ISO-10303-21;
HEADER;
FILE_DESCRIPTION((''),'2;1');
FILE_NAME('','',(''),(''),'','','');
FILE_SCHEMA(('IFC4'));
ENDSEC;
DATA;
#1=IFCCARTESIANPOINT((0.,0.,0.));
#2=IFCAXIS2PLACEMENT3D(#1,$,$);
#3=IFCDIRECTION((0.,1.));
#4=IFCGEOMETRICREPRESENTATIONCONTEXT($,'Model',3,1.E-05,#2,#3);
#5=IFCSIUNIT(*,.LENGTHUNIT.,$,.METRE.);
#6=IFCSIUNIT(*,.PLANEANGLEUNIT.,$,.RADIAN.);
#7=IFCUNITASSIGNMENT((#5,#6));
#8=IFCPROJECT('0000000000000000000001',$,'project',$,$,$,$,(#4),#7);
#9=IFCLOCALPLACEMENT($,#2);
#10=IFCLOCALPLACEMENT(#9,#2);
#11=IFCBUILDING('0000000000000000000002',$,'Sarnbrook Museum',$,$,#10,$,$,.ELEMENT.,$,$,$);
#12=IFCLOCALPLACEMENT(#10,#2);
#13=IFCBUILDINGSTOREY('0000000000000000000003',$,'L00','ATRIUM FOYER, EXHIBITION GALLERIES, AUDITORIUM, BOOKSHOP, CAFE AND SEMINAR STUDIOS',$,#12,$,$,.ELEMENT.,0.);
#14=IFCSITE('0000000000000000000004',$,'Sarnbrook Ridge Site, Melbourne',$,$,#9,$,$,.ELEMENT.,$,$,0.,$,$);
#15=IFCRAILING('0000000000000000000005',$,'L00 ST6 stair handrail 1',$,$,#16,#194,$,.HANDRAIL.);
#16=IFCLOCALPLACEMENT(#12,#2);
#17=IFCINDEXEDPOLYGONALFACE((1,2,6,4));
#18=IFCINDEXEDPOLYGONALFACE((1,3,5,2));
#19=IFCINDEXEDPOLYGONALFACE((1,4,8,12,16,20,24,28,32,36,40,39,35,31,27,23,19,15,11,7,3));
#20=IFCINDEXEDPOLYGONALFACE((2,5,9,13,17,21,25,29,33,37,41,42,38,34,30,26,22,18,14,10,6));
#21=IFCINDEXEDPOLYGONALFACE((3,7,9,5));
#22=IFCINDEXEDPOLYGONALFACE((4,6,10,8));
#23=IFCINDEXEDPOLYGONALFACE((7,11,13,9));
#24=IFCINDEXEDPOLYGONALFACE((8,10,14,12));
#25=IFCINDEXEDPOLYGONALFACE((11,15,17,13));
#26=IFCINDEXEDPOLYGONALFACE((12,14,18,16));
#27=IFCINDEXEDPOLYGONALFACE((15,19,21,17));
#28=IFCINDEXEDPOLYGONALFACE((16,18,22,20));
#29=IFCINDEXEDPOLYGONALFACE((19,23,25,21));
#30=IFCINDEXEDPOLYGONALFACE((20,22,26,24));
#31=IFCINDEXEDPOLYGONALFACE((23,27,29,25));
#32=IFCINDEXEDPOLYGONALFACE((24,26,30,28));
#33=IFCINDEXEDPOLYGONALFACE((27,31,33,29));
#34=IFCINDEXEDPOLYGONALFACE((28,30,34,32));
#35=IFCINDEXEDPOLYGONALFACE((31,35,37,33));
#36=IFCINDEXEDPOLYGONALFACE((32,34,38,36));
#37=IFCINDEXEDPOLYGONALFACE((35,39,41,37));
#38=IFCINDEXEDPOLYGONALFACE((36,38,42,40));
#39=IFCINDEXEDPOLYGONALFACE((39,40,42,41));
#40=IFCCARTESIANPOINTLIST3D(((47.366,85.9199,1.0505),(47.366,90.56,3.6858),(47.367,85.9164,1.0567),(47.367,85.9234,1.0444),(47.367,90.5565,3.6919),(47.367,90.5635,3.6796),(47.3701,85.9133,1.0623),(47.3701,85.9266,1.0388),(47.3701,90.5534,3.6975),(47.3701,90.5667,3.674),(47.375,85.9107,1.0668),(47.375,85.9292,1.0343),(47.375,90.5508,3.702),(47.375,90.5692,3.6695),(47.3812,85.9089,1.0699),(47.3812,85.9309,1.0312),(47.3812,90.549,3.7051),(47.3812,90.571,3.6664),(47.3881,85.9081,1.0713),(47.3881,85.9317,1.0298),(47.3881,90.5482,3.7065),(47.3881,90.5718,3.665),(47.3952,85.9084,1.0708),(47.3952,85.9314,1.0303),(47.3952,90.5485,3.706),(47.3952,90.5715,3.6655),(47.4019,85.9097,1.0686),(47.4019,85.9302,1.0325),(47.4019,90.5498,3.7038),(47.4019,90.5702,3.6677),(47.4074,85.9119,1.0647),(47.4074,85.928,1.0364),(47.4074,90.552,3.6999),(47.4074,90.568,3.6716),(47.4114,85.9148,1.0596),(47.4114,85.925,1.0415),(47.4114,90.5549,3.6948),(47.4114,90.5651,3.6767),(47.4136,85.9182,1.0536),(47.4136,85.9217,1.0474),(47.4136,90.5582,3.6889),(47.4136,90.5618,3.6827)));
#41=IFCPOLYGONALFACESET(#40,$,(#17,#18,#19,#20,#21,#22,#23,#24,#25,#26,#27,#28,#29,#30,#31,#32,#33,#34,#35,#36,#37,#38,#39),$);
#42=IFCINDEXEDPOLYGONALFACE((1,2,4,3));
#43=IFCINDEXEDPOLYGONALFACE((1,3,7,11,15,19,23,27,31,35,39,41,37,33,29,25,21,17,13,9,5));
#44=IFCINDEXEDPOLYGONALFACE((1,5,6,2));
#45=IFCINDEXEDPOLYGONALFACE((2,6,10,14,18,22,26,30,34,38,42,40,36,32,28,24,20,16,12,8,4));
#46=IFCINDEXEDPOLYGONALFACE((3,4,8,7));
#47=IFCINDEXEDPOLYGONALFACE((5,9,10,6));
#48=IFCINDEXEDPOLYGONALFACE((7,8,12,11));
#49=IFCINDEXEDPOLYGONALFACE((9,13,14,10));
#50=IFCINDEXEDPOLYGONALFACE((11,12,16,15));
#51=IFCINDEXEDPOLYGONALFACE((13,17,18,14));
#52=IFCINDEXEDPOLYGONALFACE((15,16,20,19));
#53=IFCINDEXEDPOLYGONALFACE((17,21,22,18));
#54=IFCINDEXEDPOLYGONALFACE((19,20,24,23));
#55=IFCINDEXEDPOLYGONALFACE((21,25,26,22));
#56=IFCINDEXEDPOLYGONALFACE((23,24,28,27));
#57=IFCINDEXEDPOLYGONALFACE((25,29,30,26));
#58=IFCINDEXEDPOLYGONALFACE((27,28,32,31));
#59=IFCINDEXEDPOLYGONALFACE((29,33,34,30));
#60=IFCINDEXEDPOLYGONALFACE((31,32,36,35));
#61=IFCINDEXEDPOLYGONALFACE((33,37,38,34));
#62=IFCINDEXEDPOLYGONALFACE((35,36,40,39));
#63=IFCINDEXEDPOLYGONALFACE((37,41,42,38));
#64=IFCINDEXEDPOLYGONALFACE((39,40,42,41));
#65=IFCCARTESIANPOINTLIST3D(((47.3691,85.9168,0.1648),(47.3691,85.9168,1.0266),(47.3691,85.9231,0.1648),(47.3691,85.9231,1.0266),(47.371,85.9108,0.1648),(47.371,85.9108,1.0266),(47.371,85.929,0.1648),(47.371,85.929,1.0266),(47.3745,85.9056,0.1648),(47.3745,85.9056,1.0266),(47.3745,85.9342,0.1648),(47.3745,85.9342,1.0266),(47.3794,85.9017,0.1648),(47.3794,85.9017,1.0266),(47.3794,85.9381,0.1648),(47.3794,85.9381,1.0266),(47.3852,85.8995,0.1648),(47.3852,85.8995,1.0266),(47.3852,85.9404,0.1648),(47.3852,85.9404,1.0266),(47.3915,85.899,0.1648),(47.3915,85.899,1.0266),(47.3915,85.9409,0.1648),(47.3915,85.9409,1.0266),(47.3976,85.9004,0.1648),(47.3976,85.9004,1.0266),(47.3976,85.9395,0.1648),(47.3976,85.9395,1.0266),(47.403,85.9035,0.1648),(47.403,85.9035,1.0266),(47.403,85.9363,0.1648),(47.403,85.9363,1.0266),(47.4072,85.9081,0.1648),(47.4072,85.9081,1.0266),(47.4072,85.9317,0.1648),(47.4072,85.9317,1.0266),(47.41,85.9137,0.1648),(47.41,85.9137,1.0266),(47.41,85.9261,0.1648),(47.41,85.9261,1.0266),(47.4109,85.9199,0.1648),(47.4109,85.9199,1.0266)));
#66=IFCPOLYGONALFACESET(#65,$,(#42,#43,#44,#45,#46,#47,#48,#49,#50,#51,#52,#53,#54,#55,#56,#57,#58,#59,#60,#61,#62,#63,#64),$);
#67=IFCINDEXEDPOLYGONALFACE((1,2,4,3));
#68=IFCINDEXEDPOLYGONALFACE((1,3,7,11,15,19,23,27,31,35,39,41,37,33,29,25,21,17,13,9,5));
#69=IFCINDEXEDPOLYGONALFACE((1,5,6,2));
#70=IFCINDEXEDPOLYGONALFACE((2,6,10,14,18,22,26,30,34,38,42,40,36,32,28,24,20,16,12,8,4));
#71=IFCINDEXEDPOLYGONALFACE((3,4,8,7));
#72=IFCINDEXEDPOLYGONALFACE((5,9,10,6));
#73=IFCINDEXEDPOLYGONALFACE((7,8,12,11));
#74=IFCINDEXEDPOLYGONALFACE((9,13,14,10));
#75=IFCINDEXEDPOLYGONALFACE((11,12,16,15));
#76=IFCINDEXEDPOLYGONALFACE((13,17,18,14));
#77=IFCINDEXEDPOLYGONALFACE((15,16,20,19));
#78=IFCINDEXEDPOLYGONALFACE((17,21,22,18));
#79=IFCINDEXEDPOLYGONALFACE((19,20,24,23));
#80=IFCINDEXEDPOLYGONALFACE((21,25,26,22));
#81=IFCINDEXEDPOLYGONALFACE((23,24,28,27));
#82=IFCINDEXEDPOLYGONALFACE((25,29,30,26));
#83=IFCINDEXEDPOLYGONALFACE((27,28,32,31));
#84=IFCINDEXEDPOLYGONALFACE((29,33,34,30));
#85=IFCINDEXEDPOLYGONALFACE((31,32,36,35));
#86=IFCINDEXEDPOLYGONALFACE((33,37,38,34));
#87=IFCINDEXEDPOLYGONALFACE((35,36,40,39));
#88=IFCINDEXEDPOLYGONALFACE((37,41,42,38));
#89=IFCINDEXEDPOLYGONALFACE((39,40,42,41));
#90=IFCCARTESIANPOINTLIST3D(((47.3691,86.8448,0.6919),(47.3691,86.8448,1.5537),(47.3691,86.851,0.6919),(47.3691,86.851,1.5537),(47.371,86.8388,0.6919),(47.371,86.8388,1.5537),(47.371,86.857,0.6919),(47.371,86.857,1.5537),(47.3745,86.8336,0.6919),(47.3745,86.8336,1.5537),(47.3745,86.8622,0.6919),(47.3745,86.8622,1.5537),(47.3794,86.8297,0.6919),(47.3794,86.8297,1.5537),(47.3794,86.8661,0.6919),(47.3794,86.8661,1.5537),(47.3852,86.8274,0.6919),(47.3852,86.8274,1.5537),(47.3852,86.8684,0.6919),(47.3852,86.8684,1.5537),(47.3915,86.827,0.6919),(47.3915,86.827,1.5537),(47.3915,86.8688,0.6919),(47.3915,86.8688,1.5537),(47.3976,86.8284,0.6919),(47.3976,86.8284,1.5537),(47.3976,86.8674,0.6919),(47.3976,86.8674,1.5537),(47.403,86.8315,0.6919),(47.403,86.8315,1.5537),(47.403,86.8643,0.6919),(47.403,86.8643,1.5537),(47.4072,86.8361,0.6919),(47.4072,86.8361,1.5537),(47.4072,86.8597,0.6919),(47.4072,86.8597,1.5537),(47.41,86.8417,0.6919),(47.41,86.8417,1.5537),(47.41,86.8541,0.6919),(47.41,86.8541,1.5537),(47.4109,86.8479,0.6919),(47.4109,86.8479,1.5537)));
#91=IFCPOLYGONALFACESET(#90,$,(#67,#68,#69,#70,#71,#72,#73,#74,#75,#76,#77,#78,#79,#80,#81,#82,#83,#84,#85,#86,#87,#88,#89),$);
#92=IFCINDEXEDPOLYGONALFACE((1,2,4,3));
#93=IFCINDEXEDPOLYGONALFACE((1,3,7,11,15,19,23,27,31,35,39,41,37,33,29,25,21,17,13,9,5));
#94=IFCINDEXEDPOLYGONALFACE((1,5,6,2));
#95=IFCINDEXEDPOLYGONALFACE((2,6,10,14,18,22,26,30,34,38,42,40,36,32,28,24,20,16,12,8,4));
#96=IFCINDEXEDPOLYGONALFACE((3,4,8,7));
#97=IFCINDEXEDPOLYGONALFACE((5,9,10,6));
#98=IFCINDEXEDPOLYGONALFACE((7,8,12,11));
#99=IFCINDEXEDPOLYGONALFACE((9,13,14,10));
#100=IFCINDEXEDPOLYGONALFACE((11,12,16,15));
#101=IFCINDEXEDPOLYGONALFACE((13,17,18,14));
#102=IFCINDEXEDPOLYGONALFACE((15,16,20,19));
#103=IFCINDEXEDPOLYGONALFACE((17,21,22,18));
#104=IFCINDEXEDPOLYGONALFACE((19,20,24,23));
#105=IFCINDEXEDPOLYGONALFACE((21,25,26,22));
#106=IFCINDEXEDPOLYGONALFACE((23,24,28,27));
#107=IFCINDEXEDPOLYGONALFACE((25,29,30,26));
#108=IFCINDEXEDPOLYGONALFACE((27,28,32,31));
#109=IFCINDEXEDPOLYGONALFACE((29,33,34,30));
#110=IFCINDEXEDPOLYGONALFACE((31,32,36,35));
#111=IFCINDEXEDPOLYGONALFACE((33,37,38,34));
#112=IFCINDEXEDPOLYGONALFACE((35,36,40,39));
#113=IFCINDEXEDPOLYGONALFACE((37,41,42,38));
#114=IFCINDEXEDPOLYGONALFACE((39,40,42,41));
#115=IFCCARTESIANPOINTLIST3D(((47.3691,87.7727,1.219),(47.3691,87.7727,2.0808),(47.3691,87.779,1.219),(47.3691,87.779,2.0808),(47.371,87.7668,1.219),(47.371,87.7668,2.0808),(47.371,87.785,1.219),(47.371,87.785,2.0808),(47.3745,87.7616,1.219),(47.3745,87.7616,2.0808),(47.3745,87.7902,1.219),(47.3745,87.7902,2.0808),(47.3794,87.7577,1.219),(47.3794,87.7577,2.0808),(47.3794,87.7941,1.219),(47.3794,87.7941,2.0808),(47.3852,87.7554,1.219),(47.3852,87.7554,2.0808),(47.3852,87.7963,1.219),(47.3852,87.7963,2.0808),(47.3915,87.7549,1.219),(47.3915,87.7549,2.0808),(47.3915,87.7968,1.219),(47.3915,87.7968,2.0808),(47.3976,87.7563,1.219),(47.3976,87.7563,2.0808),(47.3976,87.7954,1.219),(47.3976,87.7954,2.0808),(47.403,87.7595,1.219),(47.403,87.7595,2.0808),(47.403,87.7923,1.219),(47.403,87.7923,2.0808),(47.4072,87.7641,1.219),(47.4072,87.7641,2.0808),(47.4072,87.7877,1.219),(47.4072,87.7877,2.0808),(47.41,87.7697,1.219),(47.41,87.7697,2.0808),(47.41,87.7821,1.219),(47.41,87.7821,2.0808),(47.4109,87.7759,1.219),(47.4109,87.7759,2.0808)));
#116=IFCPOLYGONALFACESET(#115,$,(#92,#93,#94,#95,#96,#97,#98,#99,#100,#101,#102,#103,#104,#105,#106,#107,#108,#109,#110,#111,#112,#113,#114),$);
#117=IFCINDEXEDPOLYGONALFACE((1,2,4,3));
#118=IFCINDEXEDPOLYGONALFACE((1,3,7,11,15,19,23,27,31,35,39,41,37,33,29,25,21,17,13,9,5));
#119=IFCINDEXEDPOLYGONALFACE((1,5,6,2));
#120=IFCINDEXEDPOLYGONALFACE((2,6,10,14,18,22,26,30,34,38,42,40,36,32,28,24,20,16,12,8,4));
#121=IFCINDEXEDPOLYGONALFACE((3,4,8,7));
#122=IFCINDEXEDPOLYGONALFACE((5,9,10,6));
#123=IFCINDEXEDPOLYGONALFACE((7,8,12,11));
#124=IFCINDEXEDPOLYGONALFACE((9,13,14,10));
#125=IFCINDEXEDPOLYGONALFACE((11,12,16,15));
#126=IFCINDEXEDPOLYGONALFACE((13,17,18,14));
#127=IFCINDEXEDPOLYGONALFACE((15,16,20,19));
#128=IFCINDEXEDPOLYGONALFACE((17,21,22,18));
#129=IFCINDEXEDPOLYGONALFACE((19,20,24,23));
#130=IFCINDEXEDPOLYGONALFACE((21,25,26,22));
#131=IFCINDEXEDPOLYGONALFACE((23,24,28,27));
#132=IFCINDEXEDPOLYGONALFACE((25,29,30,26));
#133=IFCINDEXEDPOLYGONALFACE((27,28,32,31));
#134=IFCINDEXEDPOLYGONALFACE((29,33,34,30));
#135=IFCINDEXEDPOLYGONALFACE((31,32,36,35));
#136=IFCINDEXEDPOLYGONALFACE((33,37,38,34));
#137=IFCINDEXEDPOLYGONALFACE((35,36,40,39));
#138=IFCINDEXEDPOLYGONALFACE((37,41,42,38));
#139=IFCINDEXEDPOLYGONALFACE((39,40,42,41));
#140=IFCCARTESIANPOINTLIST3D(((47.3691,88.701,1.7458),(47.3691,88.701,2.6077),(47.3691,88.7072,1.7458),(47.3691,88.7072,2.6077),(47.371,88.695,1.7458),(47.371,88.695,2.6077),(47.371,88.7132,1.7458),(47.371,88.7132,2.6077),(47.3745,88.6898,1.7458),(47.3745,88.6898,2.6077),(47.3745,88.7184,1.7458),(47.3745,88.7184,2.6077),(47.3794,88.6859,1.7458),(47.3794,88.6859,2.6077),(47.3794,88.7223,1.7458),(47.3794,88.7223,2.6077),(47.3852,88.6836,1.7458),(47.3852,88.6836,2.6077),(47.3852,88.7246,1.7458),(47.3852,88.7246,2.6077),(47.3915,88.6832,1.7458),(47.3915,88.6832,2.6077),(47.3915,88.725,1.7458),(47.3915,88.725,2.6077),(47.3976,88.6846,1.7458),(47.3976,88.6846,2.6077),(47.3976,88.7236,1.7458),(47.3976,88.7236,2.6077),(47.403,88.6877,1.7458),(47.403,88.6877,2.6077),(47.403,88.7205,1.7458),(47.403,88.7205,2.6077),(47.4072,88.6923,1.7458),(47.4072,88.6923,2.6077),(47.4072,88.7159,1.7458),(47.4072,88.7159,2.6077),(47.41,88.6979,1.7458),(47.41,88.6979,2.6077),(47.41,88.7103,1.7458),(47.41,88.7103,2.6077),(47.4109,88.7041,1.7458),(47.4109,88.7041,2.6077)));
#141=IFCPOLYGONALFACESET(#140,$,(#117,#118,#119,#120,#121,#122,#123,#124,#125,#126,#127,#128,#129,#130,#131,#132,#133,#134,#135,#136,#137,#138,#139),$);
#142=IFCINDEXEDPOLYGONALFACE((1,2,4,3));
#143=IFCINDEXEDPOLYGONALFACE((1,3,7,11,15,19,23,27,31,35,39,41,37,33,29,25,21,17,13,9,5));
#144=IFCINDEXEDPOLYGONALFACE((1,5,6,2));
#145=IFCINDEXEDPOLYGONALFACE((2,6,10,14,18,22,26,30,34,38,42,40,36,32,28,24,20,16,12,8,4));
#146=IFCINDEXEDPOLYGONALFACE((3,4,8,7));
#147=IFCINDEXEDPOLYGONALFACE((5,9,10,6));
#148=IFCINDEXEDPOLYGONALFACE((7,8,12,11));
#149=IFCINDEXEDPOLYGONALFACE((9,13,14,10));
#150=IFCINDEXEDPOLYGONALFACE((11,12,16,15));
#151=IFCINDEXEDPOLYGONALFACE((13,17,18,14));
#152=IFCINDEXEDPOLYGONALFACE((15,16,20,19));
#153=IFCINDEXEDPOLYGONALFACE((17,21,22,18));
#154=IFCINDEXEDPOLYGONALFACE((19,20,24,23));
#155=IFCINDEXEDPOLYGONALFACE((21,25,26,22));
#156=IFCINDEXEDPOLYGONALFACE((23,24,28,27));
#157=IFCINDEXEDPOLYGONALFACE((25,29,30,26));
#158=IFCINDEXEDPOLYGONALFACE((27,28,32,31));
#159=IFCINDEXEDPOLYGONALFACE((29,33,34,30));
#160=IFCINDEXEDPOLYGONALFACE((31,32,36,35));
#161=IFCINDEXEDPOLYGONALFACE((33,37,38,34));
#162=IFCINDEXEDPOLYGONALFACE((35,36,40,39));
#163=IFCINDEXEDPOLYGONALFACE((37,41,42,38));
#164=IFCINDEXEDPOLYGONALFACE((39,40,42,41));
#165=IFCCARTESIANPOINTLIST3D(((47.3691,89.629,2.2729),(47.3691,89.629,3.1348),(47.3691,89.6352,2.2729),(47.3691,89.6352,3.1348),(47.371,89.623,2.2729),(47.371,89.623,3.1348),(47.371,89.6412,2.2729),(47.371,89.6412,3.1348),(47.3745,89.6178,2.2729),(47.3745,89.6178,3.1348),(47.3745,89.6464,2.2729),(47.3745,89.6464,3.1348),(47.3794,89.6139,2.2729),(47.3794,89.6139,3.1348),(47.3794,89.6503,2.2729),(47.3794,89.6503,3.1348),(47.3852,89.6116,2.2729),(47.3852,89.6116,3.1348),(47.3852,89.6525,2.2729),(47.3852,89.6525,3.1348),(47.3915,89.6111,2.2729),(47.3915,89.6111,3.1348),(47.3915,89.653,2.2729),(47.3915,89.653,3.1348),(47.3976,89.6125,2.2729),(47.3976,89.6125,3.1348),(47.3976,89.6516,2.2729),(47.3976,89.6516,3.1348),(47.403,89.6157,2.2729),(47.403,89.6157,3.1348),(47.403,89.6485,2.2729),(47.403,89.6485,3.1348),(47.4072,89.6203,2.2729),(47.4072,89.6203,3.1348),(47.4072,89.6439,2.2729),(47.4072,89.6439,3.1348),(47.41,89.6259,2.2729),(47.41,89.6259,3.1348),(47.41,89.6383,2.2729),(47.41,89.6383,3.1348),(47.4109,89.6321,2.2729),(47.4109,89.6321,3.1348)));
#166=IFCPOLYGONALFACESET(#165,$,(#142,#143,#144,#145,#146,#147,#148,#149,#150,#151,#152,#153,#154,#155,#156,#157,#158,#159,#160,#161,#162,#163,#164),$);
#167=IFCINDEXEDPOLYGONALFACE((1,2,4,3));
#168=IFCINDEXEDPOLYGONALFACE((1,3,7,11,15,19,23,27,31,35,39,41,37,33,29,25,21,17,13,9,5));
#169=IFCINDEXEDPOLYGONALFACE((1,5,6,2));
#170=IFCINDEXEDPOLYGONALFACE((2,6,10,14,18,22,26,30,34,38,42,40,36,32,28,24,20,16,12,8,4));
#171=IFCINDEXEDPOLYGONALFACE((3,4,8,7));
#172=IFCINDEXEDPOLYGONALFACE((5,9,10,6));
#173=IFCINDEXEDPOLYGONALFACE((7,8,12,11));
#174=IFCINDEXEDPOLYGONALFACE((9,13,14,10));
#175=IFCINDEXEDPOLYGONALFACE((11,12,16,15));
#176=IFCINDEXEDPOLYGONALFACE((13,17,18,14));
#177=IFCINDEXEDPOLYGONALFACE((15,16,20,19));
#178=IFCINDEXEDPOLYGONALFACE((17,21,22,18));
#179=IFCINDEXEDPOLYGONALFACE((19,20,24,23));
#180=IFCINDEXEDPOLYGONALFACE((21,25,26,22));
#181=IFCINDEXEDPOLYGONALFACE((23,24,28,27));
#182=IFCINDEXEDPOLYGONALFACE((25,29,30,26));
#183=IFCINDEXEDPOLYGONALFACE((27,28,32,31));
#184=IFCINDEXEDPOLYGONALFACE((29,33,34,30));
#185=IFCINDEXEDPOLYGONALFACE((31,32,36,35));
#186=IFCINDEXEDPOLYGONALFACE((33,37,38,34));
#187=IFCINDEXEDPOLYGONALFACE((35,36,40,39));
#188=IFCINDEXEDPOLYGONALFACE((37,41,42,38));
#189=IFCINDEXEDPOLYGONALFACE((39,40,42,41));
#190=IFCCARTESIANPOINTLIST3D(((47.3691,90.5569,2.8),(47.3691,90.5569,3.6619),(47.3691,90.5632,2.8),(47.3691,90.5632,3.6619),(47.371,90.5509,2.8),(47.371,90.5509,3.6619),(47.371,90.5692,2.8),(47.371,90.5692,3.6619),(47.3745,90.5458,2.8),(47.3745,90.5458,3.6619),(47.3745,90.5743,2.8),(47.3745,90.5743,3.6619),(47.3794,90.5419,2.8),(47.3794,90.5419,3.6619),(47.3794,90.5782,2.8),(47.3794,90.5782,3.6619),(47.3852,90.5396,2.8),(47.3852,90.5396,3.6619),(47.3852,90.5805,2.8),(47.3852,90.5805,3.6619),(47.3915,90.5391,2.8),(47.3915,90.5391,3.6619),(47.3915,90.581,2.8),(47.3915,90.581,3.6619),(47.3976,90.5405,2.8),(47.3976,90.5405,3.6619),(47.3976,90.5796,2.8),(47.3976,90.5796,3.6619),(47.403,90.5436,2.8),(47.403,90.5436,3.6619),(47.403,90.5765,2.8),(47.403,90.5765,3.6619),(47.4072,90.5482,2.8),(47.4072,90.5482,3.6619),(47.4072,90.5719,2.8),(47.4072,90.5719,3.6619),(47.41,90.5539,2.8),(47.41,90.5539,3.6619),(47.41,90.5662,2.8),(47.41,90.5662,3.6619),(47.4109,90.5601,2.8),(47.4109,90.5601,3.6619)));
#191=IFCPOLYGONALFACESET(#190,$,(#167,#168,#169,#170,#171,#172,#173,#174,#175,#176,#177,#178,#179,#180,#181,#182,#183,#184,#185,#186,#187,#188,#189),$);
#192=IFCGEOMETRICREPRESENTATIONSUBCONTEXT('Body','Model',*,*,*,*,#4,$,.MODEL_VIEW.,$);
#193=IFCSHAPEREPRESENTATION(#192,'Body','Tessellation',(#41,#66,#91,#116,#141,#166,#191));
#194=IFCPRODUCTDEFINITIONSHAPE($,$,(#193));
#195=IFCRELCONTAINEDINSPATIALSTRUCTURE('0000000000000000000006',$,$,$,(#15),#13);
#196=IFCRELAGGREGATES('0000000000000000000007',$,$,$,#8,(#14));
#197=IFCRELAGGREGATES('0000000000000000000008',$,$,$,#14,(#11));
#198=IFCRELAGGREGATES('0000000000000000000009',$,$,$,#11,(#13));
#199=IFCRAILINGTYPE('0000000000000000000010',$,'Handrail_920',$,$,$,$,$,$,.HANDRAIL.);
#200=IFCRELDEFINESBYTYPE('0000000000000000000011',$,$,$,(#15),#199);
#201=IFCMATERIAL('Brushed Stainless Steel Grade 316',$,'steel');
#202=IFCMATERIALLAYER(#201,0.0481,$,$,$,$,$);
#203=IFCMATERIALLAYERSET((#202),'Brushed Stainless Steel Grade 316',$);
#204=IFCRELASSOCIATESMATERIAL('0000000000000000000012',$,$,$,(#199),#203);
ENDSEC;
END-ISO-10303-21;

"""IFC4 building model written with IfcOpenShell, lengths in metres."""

from ifc_helpers import new_model, si_unit, direction, frame, origin, origin_2d, place, context, subcontext, project, spatial, circle, extrude, material, layer, layer_set, type_object, element, save


model = new_model("IFC4")

# Units and contexts
model_context = context("Model", 3, precision=1e-05, world=origin(), true_north=direction((0.0, 1.0)))
body_context = subcontext(model_context, "Body", "Model", "MODEL_VIEW")
ifc_project = project(units=[si_unit("LENGTHUNIT", "METRE"), si_unit("PLANEANGLEUNIT", "RADIAN")], contexts=[model_context])

# Site, building, storey
site_placement = place(None, origin())
site = spatial("IfcSite", under=ifc_project, at=site_placement, Name="Sarnbrook Ridge Site, Melbourne", CompositionType="ELEMENT", RefElevation=0.0)
building_placement = place(site_placement, origin())
building = spatial("IfcBuilding", under=site, at=building_placement, Name="Sarnbrook Museum", CompositionType="ELEMENT")
storey_placement = place(building_placement, origin())
storey = spatial("IfcBuildingStorey", under=building, at=storey_placement, Name="L00", Description="ATRIUM FOYER, EXHIBITION GALLERIES, AUDITORIUM, BOOKSHOP, CAFE AND SEMINAR STUDIOS", CompositionType="ELEMENT", Elevation=0.0)

# Railing
ifc_material_1 = material(Name="Brushed Stainless Steel Grade 316", Category="steel")
ifc_layer_1 = layer(ifc_material_1, 0.0481)
ifc_layer_set_1 = layer_set([ifc_layer_1], Name="Brushed Stainless Steel Grade 316")
railing_type_1 = type_object("IfcRailingType", Name="Handrail_920", PredefinedType="HANDRAIL", material=ifc_layer_set_1)
railing_1_placement = place(storey_placement, frame((47.3899, 85.9199, 0.1648)))
element("IfcRailing", 1, at=railing_1_placement, inside=storey, type_object=railing_type_1, Name="L00 ST6 stair handrail 1", PredefinedType="HANDRAIL", context=body_context, shape_type="SweptSolid", body=[
    extrude(circle(Radius=0.0239, at=origin_2d()), frame((0.0, 0.0, 0.8857), z_axis=(0.0, 0.869552, 0.493841), x_axis=(-1.0, 0.0, 0.0)), (0.0, 0.0, 1.0), 5.3362),
    extrude(circle(Radius=0.021, at=origin_2d()), origin(), (0.0, 0.0, 1.0), 0.8618),
    extrude(circle(Radius=0.021, at=origin_2d()), frame((0.0, 0.928, 0.5271)), (0.0, 0.0, 1.0), 0.8618),
    extrude(circle(Radius=0.021, at=origin_2d()), frame((0.0, 1.856, 1.0542)), (0.0, 0.0, 1.0), 0.8618),
    extrude(circle(Radius=0.021, at=origin_2d()), frame((0.0, 2.7842, 1.5811)), (0.0, 0.0, 1.0), 0.8618),
    extrude(circle(Radius=0.021, at=origin_2d()), frame((0.0, 3.7122, 2.1082)), (0.0, 0.0, 1.0), 0.8618),
    extrude(circle(Radius=0.021, at=origin_2d()), frame((0.0, 4.6401, 2.6353)), (0.0, 0.0, 1.0), 0.8618),
])

save(model, "model.ifc")
